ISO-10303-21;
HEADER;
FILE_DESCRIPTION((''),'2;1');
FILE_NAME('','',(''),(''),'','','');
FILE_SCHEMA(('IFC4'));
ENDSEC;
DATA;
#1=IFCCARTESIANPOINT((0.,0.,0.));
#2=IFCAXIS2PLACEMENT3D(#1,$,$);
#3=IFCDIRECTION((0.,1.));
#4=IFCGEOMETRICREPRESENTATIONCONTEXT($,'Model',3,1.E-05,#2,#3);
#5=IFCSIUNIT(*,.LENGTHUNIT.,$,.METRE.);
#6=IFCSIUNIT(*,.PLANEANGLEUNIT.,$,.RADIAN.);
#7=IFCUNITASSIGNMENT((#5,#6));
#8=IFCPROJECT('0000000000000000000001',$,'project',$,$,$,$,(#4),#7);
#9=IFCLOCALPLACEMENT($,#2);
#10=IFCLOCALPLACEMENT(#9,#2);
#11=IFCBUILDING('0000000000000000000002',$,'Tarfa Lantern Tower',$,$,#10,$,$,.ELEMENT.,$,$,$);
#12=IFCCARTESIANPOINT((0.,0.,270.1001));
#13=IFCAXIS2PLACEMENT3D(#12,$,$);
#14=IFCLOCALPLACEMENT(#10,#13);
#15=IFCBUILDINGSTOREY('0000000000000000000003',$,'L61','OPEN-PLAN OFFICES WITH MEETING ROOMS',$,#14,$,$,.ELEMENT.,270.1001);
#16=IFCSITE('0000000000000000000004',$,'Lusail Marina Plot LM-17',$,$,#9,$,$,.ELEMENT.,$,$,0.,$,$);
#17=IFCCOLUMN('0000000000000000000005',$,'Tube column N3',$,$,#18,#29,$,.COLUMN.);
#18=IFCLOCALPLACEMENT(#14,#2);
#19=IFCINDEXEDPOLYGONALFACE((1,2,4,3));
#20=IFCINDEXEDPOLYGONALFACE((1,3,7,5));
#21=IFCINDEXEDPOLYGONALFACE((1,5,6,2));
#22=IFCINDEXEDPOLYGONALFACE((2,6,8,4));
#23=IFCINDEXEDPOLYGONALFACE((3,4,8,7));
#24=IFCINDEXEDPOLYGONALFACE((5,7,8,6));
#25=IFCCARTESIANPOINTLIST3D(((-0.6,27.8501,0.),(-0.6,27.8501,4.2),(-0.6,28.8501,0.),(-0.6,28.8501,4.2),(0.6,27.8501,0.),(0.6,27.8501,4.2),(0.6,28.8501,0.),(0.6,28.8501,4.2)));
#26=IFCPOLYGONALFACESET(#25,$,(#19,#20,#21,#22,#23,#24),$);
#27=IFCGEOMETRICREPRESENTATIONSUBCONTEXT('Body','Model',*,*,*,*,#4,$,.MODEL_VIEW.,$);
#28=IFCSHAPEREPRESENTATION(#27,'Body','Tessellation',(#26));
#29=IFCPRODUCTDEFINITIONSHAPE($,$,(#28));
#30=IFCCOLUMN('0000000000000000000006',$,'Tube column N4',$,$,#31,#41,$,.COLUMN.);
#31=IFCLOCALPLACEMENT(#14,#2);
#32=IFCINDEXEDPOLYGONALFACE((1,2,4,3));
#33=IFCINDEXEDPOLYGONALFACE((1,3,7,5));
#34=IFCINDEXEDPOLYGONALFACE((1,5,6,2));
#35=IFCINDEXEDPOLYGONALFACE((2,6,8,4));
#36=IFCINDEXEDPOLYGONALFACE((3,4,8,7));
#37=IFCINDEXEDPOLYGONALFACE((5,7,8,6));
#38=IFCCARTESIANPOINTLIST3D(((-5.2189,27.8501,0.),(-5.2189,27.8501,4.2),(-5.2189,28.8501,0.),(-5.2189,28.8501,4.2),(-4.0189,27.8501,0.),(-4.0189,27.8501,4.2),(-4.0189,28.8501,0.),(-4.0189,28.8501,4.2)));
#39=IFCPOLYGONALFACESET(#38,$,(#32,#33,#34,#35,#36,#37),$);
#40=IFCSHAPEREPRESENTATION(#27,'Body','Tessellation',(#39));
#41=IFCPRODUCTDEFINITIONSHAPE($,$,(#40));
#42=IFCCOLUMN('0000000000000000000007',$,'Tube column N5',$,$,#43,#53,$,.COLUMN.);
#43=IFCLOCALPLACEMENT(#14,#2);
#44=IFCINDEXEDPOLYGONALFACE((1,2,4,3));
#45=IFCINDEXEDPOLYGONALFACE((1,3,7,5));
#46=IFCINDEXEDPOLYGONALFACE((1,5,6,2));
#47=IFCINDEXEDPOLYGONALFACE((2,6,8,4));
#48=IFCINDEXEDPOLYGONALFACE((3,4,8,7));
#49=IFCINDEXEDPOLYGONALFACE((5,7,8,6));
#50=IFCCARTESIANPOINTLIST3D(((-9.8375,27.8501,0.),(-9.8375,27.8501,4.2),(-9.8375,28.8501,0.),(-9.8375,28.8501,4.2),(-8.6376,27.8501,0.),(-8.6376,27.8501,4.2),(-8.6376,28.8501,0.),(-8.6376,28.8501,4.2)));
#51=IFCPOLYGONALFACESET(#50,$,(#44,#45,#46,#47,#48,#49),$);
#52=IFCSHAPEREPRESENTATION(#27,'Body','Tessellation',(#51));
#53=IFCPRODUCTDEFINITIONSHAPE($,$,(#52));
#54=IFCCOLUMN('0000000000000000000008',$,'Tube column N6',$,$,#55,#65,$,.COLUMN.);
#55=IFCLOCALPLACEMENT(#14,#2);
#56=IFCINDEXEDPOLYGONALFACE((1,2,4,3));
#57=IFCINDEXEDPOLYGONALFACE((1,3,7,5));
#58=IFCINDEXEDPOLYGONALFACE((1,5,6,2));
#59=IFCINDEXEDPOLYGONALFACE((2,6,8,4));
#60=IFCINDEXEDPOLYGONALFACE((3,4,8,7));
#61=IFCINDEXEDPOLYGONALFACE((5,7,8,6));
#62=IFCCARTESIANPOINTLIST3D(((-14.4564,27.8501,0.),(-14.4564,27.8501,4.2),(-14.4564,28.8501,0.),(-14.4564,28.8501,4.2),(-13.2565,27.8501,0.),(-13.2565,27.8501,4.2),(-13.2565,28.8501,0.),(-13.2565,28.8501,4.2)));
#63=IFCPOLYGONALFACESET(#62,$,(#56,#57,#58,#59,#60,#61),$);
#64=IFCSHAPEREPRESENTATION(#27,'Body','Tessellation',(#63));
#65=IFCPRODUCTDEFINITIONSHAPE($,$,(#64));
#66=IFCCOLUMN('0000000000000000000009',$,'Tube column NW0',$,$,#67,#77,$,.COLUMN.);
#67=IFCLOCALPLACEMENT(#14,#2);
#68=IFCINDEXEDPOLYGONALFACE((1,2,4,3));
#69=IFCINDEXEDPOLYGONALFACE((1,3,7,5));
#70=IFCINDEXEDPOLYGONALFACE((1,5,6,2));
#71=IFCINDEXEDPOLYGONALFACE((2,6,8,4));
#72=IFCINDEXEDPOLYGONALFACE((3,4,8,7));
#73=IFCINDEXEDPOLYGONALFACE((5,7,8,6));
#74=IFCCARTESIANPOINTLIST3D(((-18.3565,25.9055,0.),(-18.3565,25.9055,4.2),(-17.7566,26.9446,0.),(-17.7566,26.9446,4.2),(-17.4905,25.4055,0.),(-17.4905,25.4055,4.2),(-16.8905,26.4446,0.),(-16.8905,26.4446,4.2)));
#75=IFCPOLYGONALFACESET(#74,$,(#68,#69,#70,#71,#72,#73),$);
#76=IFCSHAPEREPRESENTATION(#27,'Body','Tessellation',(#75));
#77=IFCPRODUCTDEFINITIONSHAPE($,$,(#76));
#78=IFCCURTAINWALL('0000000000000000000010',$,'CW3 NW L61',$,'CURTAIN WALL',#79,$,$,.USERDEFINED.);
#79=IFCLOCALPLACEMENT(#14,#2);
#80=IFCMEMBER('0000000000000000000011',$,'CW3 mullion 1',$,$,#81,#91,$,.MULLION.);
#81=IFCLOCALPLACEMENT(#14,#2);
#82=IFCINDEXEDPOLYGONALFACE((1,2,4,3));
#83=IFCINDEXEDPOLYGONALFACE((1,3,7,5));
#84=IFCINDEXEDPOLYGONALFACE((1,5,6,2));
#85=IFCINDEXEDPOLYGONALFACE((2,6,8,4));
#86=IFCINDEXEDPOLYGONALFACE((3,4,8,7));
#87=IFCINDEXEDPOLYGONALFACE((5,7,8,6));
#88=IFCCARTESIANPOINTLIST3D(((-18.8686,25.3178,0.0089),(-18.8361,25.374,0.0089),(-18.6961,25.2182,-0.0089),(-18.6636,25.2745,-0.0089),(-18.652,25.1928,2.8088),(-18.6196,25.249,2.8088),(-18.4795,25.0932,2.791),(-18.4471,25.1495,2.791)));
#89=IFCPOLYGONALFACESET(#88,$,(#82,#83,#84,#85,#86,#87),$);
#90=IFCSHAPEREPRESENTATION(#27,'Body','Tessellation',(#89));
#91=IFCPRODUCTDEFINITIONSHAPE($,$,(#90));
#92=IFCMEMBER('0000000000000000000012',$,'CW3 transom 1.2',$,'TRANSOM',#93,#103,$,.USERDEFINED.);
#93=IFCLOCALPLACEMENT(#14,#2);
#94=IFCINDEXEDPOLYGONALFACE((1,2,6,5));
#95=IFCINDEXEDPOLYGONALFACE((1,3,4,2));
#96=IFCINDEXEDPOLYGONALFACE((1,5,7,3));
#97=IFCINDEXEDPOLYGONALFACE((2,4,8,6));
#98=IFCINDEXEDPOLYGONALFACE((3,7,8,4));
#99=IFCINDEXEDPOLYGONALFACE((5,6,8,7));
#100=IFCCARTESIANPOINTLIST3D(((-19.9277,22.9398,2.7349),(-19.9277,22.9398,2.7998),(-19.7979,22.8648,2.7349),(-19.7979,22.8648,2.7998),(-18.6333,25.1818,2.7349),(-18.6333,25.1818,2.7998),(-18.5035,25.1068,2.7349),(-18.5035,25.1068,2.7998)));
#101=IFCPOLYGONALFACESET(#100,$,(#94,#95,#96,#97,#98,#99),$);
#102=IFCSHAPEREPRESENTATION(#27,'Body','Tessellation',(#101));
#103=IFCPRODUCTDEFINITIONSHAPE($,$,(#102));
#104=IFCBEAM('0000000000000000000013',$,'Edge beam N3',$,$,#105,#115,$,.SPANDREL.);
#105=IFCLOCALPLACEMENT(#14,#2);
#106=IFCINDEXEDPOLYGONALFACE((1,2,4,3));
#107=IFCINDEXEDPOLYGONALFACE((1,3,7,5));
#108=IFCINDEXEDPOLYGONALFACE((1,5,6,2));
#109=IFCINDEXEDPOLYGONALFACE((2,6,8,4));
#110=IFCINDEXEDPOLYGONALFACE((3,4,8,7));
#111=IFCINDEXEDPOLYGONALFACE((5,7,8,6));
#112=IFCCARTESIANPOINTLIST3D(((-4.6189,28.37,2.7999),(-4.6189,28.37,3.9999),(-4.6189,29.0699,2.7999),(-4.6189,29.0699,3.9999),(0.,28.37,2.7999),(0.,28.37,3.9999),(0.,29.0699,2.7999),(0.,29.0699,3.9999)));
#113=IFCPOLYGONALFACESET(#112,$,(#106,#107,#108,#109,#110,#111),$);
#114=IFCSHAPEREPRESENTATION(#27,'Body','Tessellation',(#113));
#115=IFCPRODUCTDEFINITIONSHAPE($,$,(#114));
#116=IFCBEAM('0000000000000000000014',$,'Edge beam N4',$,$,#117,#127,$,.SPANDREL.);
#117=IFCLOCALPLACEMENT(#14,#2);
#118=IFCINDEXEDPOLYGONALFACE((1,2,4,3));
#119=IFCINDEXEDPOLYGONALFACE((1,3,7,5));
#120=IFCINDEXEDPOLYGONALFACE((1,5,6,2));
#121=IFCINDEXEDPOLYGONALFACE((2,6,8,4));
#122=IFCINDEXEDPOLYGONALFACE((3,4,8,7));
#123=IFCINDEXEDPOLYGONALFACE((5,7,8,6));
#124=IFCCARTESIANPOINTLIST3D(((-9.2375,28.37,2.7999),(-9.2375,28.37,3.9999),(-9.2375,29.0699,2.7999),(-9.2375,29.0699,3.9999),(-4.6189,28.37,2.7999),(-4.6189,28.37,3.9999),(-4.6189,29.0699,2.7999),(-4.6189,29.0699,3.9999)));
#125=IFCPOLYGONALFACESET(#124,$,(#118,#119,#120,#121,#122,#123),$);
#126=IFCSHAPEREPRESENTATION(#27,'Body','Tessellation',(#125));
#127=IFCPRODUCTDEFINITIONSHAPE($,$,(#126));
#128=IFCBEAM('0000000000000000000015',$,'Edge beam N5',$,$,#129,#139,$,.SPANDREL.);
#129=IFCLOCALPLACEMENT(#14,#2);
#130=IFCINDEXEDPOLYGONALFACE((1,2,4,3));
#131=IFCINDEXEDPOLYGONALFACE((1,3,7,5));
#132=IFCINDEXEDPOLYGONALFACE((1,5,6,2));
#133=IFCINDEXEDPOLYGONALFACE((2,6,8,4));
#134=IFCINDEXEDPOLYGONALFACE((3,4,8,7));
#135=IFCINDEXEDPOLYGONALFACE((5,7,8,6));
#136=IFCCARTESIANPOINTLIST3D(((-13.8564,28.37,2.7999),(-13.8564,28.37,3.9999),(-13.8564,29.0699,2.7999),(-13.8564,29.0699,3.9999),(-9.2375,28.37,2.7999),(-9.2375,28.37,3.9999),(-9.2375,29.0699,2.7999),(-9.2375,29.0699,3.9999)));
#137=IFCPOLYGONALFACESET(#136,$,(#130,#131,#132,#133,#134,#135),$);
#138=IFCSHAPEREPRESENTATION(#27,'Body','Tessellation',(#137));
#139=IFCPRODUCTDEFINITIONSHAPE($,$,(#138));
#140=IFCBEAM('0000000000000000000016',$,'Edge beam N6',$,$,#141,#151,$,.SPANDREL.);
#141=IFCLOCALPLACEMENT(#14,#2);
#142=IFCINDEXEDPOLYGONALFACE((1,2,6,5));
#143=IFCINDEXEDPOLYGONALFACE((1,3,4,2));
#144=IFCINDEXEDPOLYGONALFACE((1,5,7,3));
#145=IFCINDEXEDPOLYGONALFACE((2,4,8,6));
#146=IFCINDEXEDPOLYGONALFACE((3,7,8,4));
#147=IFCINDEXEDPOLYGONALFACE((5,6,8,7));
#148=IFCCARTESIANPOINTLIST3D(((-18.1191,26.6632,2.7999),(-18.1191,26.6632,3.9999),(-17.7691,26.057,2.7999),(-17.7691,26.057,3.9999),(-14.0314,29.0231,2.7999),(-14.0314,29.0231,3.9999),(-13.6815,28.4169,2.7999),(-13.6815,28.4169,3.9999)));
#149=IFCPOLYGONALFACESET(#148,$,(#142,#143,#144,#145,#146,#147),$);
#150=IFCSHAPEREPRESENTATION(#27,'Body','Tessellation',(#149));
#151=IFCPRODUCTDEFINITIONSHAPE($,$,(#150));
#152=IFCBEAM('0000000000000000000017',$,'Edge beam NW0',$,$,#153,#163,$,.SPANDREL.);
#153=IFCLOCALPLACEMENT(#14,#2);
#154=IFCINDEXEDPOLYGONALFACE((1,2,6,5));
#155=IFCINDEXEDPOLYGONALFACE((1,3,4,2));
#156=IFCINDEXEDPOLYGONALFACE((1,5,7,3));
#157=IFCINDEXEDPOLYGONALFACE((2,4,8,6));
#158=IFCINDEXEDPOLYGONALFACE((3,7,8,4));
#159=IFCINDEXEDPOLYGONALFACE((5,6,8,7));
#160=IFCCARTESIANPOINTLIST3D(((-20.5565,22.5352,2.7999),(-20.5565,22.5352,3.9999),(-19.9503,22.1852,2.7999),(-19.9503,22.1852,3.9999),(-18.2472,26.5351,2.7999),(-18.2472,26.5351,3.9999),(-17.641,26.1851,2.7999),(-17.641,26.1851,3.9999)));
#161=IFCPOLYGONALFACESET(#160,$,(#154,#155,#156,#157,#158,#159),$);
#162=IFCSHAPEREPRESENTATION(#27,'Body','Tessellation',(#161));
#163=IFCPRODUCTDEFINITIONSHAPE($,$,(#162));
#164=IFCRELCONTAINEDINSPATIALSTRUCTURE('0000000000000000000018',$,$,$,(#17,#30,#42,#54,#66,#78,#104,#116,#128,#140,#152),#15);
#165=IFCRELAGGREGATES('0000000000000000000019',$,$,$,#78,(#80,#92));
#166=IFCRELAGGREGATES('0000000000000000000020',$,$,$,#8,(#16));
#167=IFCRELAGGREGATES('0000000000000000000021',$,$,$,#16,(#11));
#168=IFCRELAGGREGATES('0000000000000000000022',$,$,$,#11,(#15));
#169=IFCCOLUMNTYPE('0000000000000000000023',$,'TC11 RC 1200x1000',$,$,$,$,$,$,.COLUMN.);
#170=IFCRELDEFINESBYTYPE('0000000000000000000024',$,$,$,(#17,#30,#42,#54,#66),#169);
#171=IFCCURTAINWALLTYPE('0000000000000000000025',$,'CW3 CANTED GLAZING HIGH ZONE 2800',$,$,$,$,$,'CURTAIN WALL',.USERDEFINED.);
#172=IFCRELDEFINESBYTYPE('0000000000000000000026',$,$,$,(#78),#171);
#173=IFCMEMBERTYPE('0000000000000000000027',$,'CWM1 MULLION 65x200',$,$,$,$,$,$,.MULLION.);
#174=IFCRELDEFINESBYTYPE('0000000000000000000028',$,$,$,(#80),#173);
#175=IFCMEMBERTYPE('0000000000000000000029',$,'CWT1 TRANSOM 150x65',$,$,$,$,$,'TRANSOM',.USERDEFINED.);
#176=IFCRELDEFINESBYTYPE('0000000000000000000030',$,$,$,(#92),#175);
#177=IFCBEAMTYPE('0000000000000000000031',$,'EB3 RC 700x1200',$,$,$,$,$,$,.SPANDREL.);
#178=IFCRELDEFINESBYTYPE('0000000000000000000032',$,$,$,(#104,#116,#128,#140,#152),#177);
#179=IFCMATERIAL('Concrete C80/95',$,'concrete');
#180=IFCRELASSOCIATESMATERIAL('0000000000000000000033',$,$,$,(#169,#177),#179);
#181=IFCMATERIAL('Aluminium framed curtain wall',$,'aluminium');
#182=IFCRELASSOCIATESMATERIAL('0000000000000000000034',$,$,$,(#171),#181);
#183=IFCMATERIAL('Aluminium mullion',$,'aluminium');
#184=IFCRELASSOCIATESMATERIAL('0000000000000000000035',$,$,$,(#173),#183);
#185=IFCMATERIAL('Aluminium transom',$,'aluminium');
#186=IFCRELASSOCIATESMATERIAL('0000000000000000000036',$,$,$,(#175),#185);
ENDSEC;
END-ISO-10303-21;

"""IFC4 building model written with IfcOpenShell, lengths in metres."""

from ifc_helpers import new_model, si_unit, direction, frame, origin, origin_2d, place, context, subcontext, project, spatial, rectangle, extrude, material, material_profile, profile_set, type_object, element, aggregate, save


model = new_model("IFC4")

# Units and contexts
model_context = context("Model", 3, precision=1e-05, world=origin(), true_north=direction((0.0, 1.0)))
body_context = subcontext(model_context, "Body", "Model", "MODEL_VIEW")
ifc_project = project(units=[si_unit("LENGTHUNIT", "METRE"), si_unit("PLANEANGLEUNIT", "RADIAN")], contexts=[model_context])

# Site, building, storey
site_placement = place(None, origin())
site = spatial("IfcSite", under=ifc_project, at=site_placement, Name="Lusail Marina Plot LM-17", CompositionType="ELEMENT", RefElevation=0.0)
building_placement = place(site_placement, origin())
building = spatial("IfcBuilding", under=site, at=building_placement, Name="Tarfa Lantern Tower", CompositionType="ELEMENT")
storey_placement = place(building_placement, frame((0.0, 0.0, 270.1001)))
storey = spatial("IfcBuildingStorey", under=building, at=storey_placement, Name="L61", Description="OPEN-PLAN OFFICES WITH MEETING ROOMS", CompositionType="ELEMENT", Elevation=270.1001)

# Columns
ifc_material_1 = material(Name="Concrete C80/95", Category="concrete")
ifc_material_profile_1 = material_profile(ifc_material_1, rectangle(XDim=1.2, YDim=1.0, at=origin_2d()), Name="RC 1200x1000")
ifc_profile_set_1 = profile_set([ifc_material_profile_1], Name="Concrete C80/95")
column_type = type_object("IfcColumnType", Name="TC11 RC 1200x1000", PredefinedType="COLUMN", material=ifc_profile_set_1)
for number, where, z_axis, x_axis, name in (
    (1, (0.0, 28.3501, 0.0), (0.0, 0.0, 1.0), (-1.0, 0.0, 0.0), "Tube column N3"),
    (2, (-4.6189, 28.3501, 0.0), (0.0, 0.0, 1.0), (-1.0, 0.0, 0.0), "Tube column N4"),
    (3, (-9.2375, 28.3501, 0.0), (0.0, 0.0, 1.0), (-1.0, 0.0, 0.0), "Tube column N5"),
    (4, (-13.8564, 28.3501, 0.0), (0.0, 0.0, 1.0), (-1.0, 0.0, 0.0), "Tube column N6"),
    (5, (-17.6235, 26.175, 0.0), (0.0, 0.0, 1.0), (-0.5, -0.866025, 0.0), "Tube column NW0"),
):
    element("IfcColumn", number, at=place(storey_placement, frame(where, z_axis=z_axis, x_axis=x_axis)), inside=storey, type_object=column_type, Name=name, PredefinedType="COLUMN", context=body_context, shape_type="SweptSolid", body=[
        extrude(rectangle(XDim=1.2, YDim=1.0, at=origin_2d()), origin(), (0.0, 0.0, 1.0), 4.2),
    ])

# Curtain wall, members
ifc_material_2 = material(Name="Aluminium framed curtain wall", Category="aluminium")
curtain_wall_type = type_object("IfcCurtainWallType", Name="CW3 CANTED GLAZING HIGH ZONE 2800", ElementType="CURTAIN WALL", PredefinedType="USERDEFINED", material=ifc_material_2)
curtain_wall_placement = place(storey_placement, origin())
curtain_wall = element("IfcCurtainWall", 6, at=curtain_wall_placement, inside=storey, type_object=curtain_wall_type, Name="CW3 NW L61", ObjectType="CURTAIN WALL", PredefinedType="USERDEFINED")
ifc_material_3 = material(Name="Aluminium mullion", Category="aluminium")
ifc_material_profile_2 = material_profile(ifc_material_3, rectangle(XDim=0.0649, YDim=0.2, at=origin_2d()), Name="AL MULLION 65x200")
ifc_profile_set_2 = profile_set([ifc_material_profile_2], Name="Aluminium mullion")
member_type_1 = type_object("IfcMemberType", Name="CWM1 MULLION 65x200", PredefinedType="MULLION", material=ifc_profile_set_2)
member_1_placement = place(storey_placement, frame((-18.7661, 25.2961, 0.0), z_axis=(0.077039, -0.044469, 0.996036), x_axis=(0.49992, 0.866072, 0.0)))
member_1 = element("IfcMember", 7, at=member_1_placement, type_object=member_type_1, Name="CW3 mullion 1", PredefinedType="MULLION", context=body_context, shape_type="SweptSolid", body=[
    extrude(rectangle(XDim=0.0649, YDim=0.2, at=origin_2d()), origin(), (0.0, 0.0, 1.0), 2.811),
])
ifc_material_4 = material(Name="Aluminium transom", Category="aluminium")
ifc_material_profile_3 = material_profile(ifc_material_4, rectangle(XDim=0.1499, YDim=0.0649, at=origin_2d()), Name="AL TRANSOM 150x65")
ifc_profile_set_3 = profile_set([ifc_material_profile_3], Name="Aluminium transom")
member_type_2 = type_object("IfcMemberType", Name="CWT1 TRANSOM 150x65", ElementType="TRANSOM", PredefinedType="USERDEFINED", material=ifc_profile_set_3)
member_2_placement = place(storey_placement, frame((-18.5684, 25.1443, 2.7673), z_axis=(-0.500014, -0.866018, 0.0), x_axis=(0.866018, -0.500014, 0.0)))
member_2 = element("IfcMember", 8, at=member_2_placement, type_object=member_type_2, Name="CW3 transom 1.2", ObjectType="TRANSOM", PredefinedType="USERDEFINED", context=body_context, shape_type="SweptSolid", body=[
    extrude(rectangle(XDim=0.1499, YDim=0.0649, at=origin_2d()), origin(), (0.0, 0.0, 1.0), 2.5889),
])

# Beams
ifc_material_profile_4 = material_profile(ifc_material_1, rectangle(XDim=0.7, YDim=1.2, at=origin_2d()), Name="RC 700x1200")
ifc_profile_set_4 = profile_set([ifc_material_profile_4], Name="Concrete C80/95")
beam_type_1 = type_object("IfcBeamType", Name="EB3 RC 700x1200", PredefinedType="SPANDREL", material=ifc_profile_set_4)
beam_1_placement = place(storey_placement, frame((0.0, 28.72, 3.3999), z_axis=(-1.0, 0.0, 0.0), x_axis=(0.0, -1.0, 0.0)))
element("IfcBeam", 9, at=beam_1_placement, inside=storey, type_object=beam_type_1, Name="Edge beam N3", PredefinedType="SPANDREL", context=body_context, shape_type="SweptSolid", body=[
    extrude(rectangle(XDim=0.7, YDim=1.2, at=origin_2d()), origin(), (0.0, 0.0, 1.0), 4.6189),
])
beam_2_placement = place(storey_placement, frame((-4.6189, 28.72, 3.3999), z_axis=(-1.0, 0.0, 0.0), x_axis=(0.0, -1.0, 0.0)))
element("IfcBeam", 10, at=beam_2_placement, inside=storey, type_object=beam_type_1, Name="Edge beam N4", PredefinedType="SPANDREL", context=body_context, shape_type="SweptSolid", body=[
    extrude(rectangle(XDim=0.7, YDim=1.2, at=origin_2d()), origin(), (0.0, 0.0, 1.0), 4.6187),
])
beam_3_placement = place(storey_placement, frame((-9.2375, 28.72, 3.3999), z_axis=(-1.0, 0.0, 0.0), x_axis=(0.0, -1.0, 0.0)))
element("IfcBeam", 11, at=beam_3_placement, inside=storey, type_object=beam_type_1, Name="Edge beam N5", PredefinedType="SPANDREL", context=body_context, shape_type="SweptSolid", body=[
    extrude(rectangle(XDim=0.7, YDim=1.2, at=origin_2d()), origin(), (0.0, 0.0, 1.0), 4.6189),
])
beam_4_placement = place(storey_placement, frame((-13.8564, 28.72, 3.3999), z_axis=(-0.866038, -0.499978, 0.0), x_axis=(0.499978, -0.866038, 0.0)))
element("IfcBeam", 12, at=beam_4_placement, inside=storey, type_object=beam_type_1, Name="Edge beam N6", PredefinedType="SPANDREL", context=body_context, shape_type="SweptSolid", body=[
    extrude(rectangle(XDim=0.7, YDim=1.2, at=origin_2d()), origin(), (0.0, 0.0, 1.0), 4.72),
])
beam_5_placement = place(storey_placement, frame((-17.9441, 26.3601, 3.3999), z_axis=(-0.499988, -0.866032, 0.0), x_axis=(0.866032, -0.499988, 0.0)))
element("IfcBeam", 13, at=beam_5_placement, inside=storey, type_object=beam_type_1, Name="Edge beam NW0", PredefinedType="SPANDREL", context=body_context, shape_type="SweptSolid", body=[
    extrude(rectangle(XDim=0.7, YDim=1.2, at=origin_2d()), origin(), (0.0, 0.0, 1.0), 4.6187),
])

aggregate(curtain_wall, [member_1, member_2])

save(model, "model.ifc")
